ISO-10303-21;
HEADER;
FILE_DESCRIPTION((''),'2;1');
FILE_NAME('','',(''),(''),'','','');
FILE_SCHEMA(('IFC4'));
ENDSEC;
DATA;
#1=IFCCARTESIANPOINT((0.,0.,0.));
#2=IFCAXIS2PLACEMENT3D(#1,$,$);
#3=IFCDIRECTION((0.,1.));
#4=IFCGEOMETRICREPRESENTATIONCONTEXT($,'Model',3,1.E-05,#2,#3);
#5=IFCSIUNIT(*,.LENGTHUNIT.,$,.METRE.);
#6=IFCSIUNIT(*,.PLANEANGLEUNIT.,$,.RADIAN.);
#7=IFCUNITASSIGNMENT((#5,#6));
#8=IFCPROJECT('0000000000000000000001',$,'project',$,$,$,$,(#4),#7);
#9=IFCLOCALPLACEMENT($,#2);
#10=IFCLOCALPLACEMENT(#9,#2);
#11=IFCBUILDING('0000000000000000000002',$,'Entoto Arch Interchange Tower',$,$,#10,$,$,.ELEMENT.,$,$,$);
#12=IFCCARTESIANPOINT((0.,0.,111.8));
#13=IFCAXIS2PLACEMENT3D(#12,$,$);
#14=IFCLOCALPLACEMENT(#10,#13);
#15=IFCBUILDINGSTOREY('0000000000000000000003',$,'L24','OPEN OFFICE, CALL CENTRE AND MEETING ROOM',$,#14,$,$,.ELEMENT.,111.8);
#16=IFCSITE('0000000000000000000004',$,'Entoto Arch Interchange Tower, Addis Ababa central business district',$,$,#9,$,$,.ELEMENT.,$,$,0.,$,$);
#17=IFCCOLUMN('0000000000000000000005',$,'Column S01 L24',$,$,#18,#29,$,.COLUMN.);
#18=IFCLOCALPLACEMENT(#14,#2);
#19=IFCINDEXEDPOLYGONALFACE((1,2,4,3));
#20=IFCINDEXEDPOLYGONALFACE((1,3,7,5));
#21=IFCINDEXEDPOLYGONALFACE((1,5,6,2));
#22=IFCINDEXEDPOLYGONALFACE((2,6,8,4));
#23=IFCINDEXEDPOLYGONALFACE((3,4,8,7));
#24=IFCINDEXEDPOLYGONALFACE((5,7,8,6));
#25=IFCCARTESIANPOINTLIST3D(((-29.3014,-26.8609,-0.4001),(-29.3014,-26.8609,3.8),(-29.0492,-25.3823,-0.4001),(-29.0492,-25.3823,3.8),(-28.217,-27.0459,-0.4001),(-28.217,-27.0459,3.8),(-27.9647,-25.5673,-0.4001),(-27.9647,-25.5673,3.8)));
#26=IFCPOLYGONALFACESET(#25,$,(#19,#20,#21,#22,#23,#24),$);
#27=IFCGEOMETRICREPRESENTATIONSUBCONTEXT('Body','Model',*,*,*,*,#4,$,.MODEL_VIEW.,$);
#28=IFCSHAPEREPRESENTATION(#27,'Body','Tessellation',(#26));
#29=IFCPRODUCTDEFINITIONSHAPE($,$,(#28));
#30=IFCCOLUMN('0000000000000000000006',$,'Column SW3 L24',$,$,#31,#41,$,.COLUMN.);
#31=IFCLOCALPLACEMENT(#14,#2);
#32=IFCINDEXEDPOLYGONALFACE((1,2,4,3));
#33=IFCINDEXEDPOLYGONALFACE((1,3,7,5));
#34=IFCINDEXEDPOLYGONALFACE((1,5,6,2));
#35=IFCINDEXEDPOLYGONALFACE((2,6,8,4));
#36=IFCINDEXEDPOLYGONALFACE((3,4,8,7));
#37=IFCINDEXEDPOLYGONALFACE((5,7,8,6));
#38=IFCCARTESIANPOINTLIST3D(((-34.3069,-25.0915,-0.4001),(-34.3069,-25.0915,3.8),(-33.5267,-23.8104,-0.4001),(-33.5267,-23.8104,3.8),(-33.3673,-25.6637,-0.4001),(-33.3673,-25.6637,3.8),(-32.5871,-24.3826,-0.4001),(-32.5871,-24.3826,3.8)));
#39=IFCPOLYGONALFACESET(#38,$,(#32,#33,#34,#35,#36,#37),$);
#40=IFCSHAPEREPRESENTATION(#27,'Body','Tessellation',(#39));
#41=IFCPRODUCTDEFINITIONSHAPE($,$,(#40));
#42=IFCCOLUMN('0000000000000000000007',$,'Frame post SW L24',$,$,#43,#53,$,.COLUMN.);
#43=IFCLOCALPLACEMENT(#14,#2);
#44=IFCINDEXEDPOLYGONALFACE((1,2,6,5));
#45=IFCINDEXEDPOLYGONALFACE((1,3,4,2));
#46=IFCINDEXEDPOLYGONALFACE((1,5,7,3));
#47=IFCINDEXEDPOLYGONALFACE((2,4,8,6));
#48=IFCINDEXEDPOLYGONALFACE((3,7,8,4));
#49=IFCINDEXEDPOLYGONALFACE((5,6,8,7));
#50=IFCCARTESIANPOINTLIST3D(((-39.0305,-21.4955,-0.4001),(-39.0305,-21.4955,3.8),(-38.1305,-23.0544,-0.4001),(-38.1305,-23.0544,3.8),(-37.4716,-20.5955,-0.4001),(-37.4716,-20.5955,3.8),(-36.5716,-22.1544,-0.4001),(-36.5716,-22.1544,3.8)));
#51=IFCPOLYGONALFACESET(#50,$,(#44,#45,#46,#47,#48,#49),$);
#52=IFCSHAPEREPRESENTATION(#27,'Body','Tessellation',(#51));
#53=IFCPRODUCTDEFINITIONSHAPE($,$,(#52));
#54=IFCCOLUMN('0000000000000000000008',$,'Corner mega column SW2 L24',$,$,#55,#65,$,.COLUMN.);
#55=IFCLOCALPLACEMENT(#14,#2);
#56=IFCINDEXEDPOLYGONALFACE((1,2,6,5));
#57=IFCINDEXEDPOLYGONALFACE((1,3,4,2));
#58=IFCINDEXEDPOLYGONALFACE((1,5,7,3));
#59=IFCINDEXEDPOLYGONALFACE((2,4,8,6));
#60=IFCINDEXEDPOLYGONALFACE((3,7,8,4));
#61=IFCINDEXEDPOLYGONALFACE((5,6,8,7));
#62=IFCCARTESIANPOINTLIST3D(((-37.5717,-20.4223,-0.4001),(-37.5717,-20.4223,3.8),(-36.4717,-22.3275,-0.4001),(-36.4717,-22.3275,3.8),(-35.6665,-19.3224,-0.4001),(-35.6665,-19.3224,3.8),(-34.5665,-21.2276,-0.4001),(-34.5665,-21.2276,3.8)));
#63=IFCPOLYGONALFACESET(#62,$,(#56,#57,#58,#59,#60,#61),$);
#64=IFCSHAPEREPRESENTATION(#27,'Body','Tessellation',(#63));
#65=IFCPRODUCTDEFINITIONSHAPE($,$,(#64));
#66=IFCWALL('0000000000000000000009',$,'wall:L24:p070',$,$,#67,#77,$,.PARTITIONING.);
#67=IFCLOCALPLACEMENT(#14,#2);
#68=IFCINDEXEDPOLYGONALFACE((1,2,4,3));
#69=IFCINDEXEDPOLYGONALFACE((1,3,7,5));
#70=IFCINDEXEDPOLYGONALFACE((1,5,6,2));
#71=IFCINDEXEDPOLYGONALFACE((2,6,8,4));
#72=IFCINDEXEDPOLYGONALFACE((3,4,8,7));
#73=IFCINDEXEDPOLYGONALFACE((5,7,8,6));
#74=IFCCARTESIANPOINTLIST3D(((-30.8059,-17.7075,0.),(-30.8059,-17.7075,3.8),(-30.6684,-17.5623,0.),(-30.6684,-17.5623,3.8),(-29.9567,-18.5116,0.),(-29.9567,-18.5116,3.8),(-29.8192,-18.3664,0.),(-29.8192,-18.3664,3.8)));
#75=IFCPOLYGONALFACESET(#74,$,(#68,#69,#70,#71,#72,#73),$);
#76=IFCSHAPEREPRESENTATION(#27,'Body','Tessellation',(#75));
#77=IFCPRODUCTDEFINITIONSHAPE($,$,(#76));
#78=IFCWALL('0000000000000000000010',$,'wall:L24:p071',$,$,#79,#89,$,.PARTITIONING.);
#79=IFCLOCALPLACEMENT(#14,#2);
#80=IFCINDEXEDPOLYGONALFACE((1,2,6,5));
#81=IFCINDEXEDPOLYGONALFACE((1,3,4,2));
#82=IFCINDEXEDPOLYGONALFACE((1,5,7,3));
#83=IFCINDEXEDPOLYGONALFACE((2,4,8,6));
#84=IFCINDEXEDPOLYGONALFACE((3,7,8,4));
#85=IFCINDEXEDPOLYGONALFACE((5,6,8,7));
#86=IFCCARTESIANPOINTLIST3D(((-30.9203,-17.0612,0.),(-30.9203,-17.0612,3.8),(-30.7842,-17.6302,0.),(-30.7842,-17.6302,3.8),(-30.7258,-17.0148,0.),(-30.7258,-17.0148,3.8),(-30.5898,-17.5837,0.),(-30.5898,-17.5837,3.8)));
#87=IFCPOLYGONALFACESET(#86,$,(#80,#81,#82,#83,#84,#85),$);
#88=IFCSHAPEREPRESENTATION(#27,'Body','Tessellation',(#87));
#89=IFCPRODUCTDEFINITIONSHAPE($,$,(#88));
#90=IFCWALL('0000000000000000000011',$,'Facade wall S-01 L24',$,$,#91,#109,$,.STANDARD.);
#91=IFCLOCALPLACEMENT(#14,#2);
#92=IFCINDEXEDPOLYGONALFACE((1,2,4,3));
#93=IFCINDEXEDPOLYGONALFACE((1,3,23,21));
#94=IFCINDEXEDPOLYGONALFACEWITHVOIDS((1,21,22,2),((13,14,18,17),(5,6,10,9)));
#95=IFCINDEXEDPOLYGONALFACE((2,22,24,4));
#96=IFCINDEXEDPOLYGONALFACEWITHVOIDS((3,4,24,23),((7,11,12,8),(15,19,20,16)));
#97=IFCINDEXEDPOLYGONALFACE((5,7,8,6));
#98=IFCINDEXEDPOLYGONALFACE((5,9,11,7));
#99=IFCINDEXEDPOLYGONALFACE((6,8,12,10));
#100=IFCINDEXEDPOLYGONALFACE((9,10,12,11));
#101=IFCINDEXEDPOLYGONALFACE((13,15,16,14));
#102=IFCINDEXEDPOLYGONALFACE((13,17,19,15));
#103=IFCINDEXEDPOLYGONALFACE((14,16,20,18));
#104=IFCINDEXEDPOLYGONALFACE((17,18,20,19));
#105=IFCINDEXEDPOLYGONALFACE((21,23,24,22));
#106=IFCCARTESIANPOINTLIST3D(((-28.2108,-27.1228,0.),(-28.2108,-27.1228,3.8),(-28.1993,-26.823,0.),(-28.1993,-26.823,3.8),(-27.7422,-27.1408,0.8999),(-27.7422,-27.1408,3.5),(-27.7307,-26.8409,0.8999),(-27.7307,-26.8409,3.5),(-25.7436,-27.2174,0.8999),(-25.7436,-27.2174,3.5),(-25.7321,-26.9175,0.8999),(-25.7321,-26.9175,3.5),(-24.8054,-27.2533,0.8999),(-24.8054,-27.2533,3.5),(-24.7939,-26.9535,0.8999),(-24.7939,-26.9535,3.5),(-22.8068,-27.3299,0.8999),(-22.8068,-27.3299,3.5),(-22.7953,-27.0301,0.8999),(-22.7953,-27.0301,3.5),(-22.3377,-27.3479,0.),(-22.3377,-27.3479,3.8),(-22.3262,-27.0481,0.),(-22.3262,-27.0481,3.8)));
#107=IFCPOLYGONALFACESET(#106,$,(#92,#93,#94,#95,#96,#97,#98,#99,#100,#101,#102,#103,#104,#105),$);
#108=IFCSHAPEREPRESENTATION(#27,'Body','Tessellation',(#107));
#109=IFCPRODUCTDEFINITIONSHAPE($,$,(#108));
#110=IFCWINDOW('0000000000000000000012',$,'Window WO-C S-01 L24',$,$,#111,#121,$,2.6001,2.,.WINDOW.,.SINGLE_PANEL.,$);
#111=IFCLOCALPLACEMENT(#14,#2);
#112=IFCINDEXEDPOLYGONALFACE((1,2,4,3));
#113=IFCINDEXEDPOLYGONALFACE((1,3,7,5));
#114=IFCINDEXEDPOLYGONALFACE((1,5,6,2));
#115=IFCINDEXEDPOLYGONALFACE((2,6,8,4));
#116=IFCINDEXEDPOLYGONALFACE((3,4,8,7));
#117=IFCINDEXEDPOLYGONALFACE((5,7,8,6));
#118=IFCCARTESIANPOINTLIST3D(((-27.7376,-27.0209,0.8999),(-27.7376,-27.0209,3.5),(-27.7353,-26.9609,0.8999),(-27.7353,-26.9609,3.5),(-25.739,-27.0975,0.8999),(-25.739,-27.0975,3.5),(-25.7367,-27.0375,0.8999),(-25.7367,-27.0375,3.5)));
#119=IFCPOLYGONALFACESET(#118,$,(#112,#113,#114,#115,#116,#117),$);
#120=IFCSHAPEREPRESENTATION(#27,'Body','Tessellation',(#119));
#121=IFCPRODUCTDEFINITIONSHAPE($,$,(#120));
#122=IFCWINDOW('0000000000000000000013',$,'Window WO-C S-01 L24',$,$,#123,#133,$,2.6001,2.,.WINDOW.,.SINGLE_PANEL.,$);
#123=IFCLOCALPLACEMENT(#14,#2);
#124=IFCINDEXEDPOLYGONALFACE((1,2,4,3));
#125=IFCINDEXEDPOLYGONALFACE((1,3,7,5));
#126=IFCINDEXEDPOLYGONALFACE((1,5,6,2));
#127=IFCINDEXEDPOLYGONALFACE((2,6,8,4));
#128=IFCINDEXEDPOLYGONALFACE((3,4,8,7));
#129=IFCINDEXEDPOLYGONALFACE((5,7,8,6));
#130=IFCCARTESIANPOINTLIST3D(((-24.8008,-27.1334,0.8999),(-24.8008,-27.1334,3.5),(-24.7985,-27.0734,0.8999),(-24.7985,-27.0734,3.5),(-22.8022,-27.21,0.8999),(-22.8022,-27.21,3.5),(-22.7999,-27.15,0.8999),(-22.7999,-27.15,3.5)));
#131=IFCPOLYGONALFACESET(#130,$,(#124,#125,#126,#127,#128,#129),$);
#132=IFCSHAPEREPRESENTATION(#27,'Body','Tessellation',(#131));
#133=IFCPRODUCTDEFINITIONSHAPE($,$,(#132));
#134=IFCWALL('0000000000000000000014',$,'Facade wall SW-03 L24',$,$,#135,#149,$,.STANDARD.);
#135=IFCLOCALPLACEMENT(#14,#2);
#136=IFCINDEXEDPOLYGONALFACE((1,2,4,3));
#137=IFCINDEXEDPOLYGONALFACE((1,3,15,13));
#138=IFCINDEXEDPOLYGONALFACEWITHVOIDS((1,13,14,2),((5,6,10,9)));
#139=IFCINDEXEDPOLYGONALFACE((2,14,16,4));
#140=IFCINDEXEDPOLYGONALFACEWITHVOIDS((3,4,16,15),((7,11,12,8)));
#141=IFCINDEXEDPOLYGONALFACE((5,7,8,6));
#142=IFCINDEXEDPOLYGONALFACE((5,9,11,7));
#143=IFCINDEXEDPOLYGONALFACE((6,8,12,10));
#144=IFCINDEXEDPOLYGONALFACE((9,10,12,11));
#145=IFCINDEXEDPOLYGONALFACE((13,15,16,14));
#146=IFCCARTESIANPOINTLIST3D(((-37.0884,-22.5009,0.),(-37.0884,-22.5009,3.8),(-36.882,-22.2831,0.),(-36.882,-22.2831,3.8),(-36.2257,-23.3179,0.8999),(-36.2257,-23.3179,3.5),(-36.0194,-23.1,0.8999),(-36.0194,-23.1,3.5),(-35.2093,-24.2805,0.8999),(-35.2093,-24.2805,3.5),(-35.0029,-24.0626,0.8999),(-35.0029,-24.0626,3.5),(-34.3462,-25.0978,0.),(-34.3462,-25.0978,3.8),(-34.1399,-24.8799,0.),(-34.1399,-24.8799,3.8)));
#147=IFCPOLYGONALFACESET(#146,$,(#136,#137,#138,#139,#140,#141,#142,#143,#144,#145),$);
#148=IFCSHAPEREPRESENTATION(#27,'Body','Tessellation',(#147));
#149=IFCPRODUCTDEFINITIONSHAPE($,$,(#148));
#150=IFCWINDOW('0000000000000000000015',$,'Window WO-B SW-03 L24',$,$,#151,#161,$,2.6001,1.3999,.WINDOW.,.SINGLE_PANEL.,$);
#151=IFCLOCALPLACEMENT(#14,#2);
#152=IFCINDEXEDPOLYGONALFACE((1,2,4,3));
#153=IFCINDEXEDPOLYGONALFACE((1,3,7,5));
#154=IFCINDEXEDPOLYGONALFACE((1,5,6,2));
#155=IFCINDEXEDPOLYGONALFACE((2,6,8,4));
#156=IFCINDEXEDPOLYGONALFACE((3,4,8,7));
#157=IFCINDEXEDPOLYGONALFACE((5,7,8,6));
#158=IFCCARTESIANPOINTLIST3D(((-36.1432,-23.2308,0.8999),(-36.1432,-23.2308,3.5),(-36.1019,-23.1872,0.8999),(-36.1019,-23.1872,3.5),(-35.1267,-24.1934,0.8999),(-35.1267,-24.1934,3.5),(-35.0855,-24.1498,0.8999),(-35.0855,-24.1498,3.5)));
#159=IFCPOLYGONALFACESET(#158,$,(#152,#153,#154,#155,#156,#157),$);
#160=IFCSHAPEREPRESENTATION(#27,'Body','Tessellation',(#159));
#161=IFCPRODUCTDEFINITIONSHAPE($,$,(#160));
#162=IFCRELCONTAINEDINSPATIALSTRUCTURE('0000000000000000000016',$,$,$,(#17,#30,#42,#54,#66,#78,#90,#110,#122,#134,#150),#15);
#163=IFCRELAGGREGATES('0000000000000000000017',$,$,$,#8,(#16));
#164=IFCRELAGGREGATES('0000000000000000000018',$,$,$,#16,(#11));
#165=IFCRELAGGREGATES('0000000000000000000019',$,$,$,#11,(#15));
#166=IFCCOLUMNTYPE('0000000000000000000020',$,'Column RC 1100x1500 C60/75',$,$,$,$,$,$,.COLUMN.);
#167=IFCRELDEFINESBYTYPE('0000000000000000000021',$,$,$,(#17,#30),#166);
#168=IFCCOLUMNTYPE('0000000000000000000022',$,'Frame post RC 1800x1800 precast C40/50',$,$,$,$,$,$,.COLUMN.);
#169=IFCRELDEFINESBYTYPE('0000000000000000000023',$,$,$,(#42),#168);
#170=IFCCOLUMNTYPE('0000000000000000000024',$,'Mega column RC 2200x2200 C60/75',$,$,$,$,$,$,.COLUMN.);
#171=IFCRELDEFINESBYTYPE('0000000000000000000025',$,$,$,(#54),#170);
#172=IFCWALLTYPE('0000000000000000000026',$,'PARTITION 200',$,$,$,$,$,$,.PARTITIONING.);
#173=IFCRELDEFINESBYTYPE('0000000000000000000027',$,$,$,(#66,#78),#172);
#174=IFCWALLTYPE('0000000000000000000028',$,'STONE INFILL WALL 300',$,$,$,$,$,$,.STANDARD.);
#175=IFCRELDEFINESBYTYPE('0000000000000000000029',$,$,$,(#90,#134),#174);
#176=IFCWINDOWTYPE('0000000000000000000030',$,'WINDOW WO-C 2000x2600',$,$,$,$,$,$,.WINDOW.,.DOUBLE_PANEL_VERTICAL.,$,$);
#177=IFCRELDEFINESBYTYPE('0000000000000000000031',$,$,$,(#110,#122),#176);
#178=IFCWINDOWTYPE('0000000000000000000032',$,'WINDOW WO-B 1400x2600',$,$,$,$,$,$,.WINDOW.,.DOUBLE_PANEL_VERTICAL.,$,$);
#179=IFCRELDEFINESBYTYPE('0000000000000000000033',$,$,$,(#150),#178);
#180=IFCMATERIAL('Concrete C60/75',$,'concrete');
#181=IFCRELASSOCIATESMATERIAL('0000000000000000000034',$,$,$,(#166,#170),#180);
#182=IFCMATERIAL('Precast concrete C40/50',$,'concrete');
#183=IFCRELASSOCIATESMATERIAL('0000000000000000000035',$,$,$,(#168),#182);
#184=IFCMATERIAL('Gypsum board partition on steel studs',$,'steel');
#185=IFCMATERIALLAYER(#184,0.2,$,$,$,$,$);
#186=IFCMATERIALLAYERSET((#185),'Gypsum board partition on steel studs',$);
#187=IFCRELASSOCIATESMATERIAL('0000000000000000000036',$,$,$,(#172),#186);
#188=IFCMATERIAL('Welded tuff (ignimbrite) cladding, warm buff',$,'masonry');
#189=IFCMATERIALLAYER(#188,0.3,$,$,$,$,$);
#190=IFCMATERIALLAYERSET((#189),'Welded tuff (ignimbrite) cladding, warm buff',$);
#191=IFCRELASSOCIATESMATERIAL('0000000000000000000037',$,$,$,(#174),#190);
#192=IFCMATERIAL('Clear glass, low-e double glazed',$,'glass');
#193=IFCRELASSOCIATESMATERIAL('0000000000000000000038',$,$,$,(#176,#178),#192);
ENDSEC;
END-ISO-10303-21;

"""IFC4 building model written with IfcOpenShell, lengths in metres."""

from ifc_helpers import new_model, si_unit, direction, frame, frame_2d, origin, origin_2d, place, context, subcontext, project, spatial, rectangle, extrude, material, layer, layer_set, material_profile, profile_set, type_object, element, fill, save


model = new_model("IFC4")

# Units and contexts
model_context = context("Model", 3, precision=1e-05, world=origin(), true_north=direction((0.0, 1.0)))
body_context = subcontext(model_context, "Body", "Model", "MODEL_VIEW")
ifc_project = project(units=[si_unit("LENGTHUNIT", "METRE"), si_unit("PLANEANGLEUNIT", "RADIAN")], contexts=[model_context])

# Site, building, storey
site_placement = place(None, origin())
site = spatial("IfcSite", under=ifc_project, at=site_placement, Name="Entoto Arch Interchange Tower, Addis Ababa central business district", CompositionType="ELEMENT", RefElevation=0.0)
building_placement = place(site_placement, origin())
building = spatial("IfcBuilding", under=site, at=building_placement, Name="Entoto Arch Interchange Tower", CompositionType="ELEMENT")
storey_placement = place(building_placement, frame((0.0, 0.0, 111.8)))
storey = spatial("IfcBuildingStorey", under=building, at=storey_placement, Name="L24", Description="OPEN OFFICE, CALL CENTRE AND MEETING ROOM", CompositionType="ELEMENT", Elevation=111.8)

# Columns
ifc_material_1 = material(Name="Concrete C60/75", Category="concrete")
ifc_material_profile_1 = material_profile(ifc_material_1, rectangle(XDim=1.1001, YDim=1.5, at=origin_2d()))
ifc_profile_set_1 = profile_set([ifc_material_profile_1], Name="Concrete C60/75")
column_type_1 = type_object("IfcColumnType", Name="Column RC 1100x1500 C60/75", PredefinedType="COLUMN", material=ifc_profile_set_1)
for number, where, z_axis, x_axis, name in (
    (1, (-28.6331, -26.2141, -0.4001), (0.0, 0.0, 1.0), (-0.985759, 0.168162, 0.0), "Column S01 L24"),
    (2, (-33.447, -24.7371, -0.4001), (0.0, 0.0, 1.0), (-0.854096, 0.520116, 0.0), "Column SW3 L24"),
):
    element("IfcColumn", number, at=place(storey_placement, frame(where, z_axis=z_axis, x_axis=x_axis)), inside=storey, type_object=column_type_1, Name=name, PredefinedType="COLUMN", context=body_context, shape_type="SweptSolid", body=[
        extrude(rectangle(XDim=1.1001, YDim=1.5, at=origin_2d()), origin(), (0.0, 0.0, 1.0), 4.2002),
    ])
ifc_material_2 = material(Name="Precast concrete C40/50", Category="concrete")
ifc_material_profile_2 = material_profile(ifc_material_2, rectangle(XDim=1.8, YDim=1.8, at=origin_2d()))
ifc_profile_set_2 = profile_set([ifc_material_profile_2], Name="Precast concrete C40/50")
column_type_2 = type_object("IfcColumnType", Name="Frame post RC 1800x1800 precast C40/50", PredefinedType="COLUMN", material=ifc_profile_set_2)
column_1_placement = place(storey_placement, frame((-37.801, -21.825, -0.4001), z_axis=(0.0, 0.0, 1.0), x_axis=(0.866025, 0.5, 0.0)))
element("IfcColumn", 3, at=column_1_placement, inside=storey, type_object=column_type_2, Name="Frame post SW L24", PredefinedType="COLUMN", context=body_context, shape_type="SweptSolid", body=[
    extrude(rectangle(XDim=1.8, YDim=1.8, at=origin_2d()), origin(), (0.0, 0.0, 1.0), 4.2002),
])
ifc_material_profile_3 = material_profile(ifc_material_1, rectangle(XDim=2.2, YDim=2.2, at=origin_2d()))
ifc_profile_set_3 = profile_set([ifc_material_profile_3], Name="Concrete C60/75")
column_type_3 = type_object("IfcColumnType", Name="Mega column RC 2200x2200 C60/75", PredefinedType="COLUMN", material=ifc_profile_set_3)
column_2_placement = place(storey_placement, frame((-36.0691, -20.825, -0.4001), z_axis=(0.0, 0.0, 1.0), x_axis=(0.866025, 0.5, 0.0)))
element("IfcColumn", 4, at=column_2_placement, inside=storey, type_object=column_type_3, Name="Corner mega column SW2 L24", PredefinedType="COLUMN", context=body_context, shape_type="SweptSolid", body=[
    extrude(rectangle(XDim=2.2, YDim=2.2, at=origin_2d()), origin(), (0.0, 0.0, 1.0), 4.2002),
])

# Walls
ifc_material_3 = material(Name="Gypsum board partition on steel studs", Category="steel")
ifc_layer_1 = layer(ifc_material_3, 0.2)
ifc_layer_set_1 = layer_set([ifc_layer_1], Name="Gypsum board partition on steel studs")
wall_type_1 = type_object("IfcWallType", Name="PARTITION 200", PredefinedType="PARTITIONING", material=ifc_layer_set_1)
wall_1_placement = place(storey_placement, frame((-29.8879, -18.439, 0.0), z_axis=(0.0, 0.0, 1.0), x_axis=(-0.726156, 0.68753, 0.0)))
element("IfcWall", 5, at=wall_1_placement, inside=storey, type_object=wall_type_1, Name="wall:L24:p070", PredefinedType="PARTITIONING", context=body_context, shape_type="SweptSolid", body=[
    extrude(rectangle(XDim=1.1694, YDim=0.2, at=frame_2d((0.5847, 0.0))), origin(), (0.0, 0.0, 1.0), 3.8),
])
wall_2_placement = place(storey_placement, frame((-30.687, -17.6069, 0.0), z_axis=(0.0, 0.0, 1.0), x_axis=(-0.232505, 0.972595, 0.0)))
element("IfcWall", 6, at=wall_2_placement, inside=storey, type_object=wall_type_1, Name="wall:L24:p071", PredefinedType="PARTITIONING", context=body_context, shape_type="SweptSolid", body=[
    extrude(rectangle(XDim=0.585, YDim=0.2, at=frame_2d((0.2925, 0.0))), origin(), (0.0, 0.0, 1.0), 3.8),
])

# Wall, openings, windows
ifc_material_4 = material(Name="Welded tuff (ignimbrite) cladding, warm buff", Category="masonry")
ifc_layer_2 = layer(ifc_material_4, 0.3)
ifc_layer_set_2 = layer_set([ifc_layer_2], Name="Welded tuff (ignimbrite) cladding, warm buff")
wall_type_2 = type_object("IfcWallType", Name="STONE INFILL WALL 300", PredefinedType="STANDARD", material=ifc_layer_set_2)
wall_3_placement = place(storey_placement, frame((-28.2051, -26.9729, 0.0), z_axis=(0.0, 0.0, 1.0), x_axis=(0.999266, -0.038299, 0.0)))
wall_3 = element("IfcWall", 7, at=wall_3_placement, inside=storey, type_object=wall_type_2, Name="Facade wall S-01 L24", PredefinedType="STANDARD", context=body_context, shape_type="SweptSolid", body=[
    extrude(rectangle(XDim=5.8774, YDim=0.3, at=frame_2d((2.9387, 0.0))), origin(), (0.0, 0.0, 1.0), 3.8),
])
opening_1_placement = place(wall_3_placement, frame((0.469, 0.0, 0.8999)))
opening_1 = element("IfcOpeningElement", 8, at=opening_1_placement, cuts=wall_3, PredefinedType="OPENING", context=body_context, shape_type="SweptSolid", body=[
    extrude(rectangle(XDim=2.0, YDim=2.6001, at=frame_2d((1.0, 1.3))), frame((0.0, 0.1602, 0.0), z_axis=(0.0, -1.0, 0.0), x_axis=(1.0, 0.0, 0.0)), (0.0, 0.0, 1.0), 0.3201),
])
opening_2_placement = place(wall_3_placement, frame((3.408, 0.0, 0.8999)))
opening_2 = element("IfcOpeningElement", 9, at=opening_2_placement, cuts=wall_3, PredefinedType="OPENING", context=body_context, shape_type="SweptSolid", body=[
    extrude(rectangle(XDim=2.0, YDim=2.6001, at=frame_2d((1.0, 1.3))), frame((0.0, 0.1602, 0.0), z_axis=(0.0, -1.0, 0.0), x_axis=(1.0, 0.0, 0.0)), (0.0, 0.0, 1.0), 0.3201),
])
ifc_material_5 = material(Name="Clear glass, low-e double glazed", Category="glass")
window_type_1 = type_object("IfcWindowType", Name="WINDOW WO-C 2000x2600", PartitioningType="DOUBLE_PANEL_VERTICAL", PredefinedType="WINDOW", material=ifc_material_5)
window_1_placement = place(opening_1_placement, origin())
window_1 = element("IfcWindow", 10, at=window_1_placement, inside=storey, type_object=window_type_1, Name="Window WO-C S-01 L24", OverallHeight=2.6001, OverallWidth=2.0, PartitioningType="SINGLE_PANEL", PredefinedType="WINDOW", context=body_context, shape_type="SweptSolid", body=[
    extrude(rectangle(XDim=2.0, YDim=2.6001, at=frame_2d((1.0, 1.3))), frame((0.0, 0.03, 0.0), z_axis=(0.0, -1.0, 0.0), x_axis=(1.0, 0.0, 0.0)), (0.0, 0.0, 1.0), 0.0601),
])
fill(opening_1, window_1)
window_2_placement = place(opening_2_placement, origin())
window_2 = element("IfcWindow", 11, at=window_2_placement, inside=storey, type_object=window_type_1, Name="Window WO-C S-01 L24", OverallHeight=2.6001, OverallWidth=2.0, PartitioningType="SINGLE_PANEL", PredefinedType="WINDOW", context=body_context, shape_type="SweptSolid", body=[
    extrude(rectangle(XDim=2.0, YDim=2.6001, at=frame_2d((1.0, 1.3))), frame((0.0, 0.03, 0.0), z_axis=(0.0, -1.0, 0.0), x_axis=(1.0, 0.0, 0.0)), (0.0, 0.0, 1.0), 0.0601),
])
fill(opening_2, window_2)

# Wall, opening, window
wall_4_placement = place(storey_placement, frame((-36.9851, -22.3921, 0.0), z_axis=(0.0, 0.0, 1.0), x_axis=(0.726077, -0.687614, 0.0)))
wall_4 = element("IfcWall", 12, at=wall_4_placement, inside=storey, type_object=wall_type_2, Name="Facade wall SW-03 L24", PredefinedType="STANDARD", context=body_context, shape_type="SweptSolid", body=[
    extrude(rectangle(XDim=3.7766, YDim=0.3, at=frame_2d((1.8882, 0.0))), origin(), (0.0, 0.0, 1.0), 3.8),
])
opening_3_placement = place(wall_4_placement, frame((1.188, 0.0, 0.8999)))
opening_3 = element("IfcOpeningElement", 13, at=opening_3_placement, cuts=wall_4, PredefinedType="OPENING", context=body_context, shape_type="SweptSolid", body=[
    extrude(rectangle(XDim=1.3999, YDim=2.6001, at=frame_2d((0.7, 1.3))), frame((0.0, 0.1602, 0.0), z_axis=(0.0, -1.0, 0.0), x_axis=(1.0, 0.0, 0.0)), (0.0, 0.0, 1.0), 0.3201),
])
window_type_2 = type_object("IfcWindowType", Name="WINDOW WO-B 1400x2600", PartitioningType="DOUBLE_PANEL_VERTICAL", PredefinedType="WINDOW", material=ifc_material_5)
window_3_placement = place(opening_3_placement, origin())
window_3 = element("IfcWindow", 14, at=window_3_placement, inside=storey, type_object=window_type_2, Name="Window WO-B SW-03 L24", OverallHeight=2.6001, OverallWidth=1.3999, PartitioningType="SINGLE_PANEL", PredefinedType="WINDOW", context=body_context, shape_type="SweptSolid", body=[
    extrude(rectangle(XDim=1.3999, YDim=2.6001, at=frame_2d((0.7, 1.3))), frame((0.0, 0.03, 0.0), z_axis=(0.0, -1.0, 0.0), x_axis=(1.0, 0.0, 0.0)), (0.0, 0.0, 1.0), 0.0601),
])
fill(opening_3, window_3)

save(model, "model.ifc")
